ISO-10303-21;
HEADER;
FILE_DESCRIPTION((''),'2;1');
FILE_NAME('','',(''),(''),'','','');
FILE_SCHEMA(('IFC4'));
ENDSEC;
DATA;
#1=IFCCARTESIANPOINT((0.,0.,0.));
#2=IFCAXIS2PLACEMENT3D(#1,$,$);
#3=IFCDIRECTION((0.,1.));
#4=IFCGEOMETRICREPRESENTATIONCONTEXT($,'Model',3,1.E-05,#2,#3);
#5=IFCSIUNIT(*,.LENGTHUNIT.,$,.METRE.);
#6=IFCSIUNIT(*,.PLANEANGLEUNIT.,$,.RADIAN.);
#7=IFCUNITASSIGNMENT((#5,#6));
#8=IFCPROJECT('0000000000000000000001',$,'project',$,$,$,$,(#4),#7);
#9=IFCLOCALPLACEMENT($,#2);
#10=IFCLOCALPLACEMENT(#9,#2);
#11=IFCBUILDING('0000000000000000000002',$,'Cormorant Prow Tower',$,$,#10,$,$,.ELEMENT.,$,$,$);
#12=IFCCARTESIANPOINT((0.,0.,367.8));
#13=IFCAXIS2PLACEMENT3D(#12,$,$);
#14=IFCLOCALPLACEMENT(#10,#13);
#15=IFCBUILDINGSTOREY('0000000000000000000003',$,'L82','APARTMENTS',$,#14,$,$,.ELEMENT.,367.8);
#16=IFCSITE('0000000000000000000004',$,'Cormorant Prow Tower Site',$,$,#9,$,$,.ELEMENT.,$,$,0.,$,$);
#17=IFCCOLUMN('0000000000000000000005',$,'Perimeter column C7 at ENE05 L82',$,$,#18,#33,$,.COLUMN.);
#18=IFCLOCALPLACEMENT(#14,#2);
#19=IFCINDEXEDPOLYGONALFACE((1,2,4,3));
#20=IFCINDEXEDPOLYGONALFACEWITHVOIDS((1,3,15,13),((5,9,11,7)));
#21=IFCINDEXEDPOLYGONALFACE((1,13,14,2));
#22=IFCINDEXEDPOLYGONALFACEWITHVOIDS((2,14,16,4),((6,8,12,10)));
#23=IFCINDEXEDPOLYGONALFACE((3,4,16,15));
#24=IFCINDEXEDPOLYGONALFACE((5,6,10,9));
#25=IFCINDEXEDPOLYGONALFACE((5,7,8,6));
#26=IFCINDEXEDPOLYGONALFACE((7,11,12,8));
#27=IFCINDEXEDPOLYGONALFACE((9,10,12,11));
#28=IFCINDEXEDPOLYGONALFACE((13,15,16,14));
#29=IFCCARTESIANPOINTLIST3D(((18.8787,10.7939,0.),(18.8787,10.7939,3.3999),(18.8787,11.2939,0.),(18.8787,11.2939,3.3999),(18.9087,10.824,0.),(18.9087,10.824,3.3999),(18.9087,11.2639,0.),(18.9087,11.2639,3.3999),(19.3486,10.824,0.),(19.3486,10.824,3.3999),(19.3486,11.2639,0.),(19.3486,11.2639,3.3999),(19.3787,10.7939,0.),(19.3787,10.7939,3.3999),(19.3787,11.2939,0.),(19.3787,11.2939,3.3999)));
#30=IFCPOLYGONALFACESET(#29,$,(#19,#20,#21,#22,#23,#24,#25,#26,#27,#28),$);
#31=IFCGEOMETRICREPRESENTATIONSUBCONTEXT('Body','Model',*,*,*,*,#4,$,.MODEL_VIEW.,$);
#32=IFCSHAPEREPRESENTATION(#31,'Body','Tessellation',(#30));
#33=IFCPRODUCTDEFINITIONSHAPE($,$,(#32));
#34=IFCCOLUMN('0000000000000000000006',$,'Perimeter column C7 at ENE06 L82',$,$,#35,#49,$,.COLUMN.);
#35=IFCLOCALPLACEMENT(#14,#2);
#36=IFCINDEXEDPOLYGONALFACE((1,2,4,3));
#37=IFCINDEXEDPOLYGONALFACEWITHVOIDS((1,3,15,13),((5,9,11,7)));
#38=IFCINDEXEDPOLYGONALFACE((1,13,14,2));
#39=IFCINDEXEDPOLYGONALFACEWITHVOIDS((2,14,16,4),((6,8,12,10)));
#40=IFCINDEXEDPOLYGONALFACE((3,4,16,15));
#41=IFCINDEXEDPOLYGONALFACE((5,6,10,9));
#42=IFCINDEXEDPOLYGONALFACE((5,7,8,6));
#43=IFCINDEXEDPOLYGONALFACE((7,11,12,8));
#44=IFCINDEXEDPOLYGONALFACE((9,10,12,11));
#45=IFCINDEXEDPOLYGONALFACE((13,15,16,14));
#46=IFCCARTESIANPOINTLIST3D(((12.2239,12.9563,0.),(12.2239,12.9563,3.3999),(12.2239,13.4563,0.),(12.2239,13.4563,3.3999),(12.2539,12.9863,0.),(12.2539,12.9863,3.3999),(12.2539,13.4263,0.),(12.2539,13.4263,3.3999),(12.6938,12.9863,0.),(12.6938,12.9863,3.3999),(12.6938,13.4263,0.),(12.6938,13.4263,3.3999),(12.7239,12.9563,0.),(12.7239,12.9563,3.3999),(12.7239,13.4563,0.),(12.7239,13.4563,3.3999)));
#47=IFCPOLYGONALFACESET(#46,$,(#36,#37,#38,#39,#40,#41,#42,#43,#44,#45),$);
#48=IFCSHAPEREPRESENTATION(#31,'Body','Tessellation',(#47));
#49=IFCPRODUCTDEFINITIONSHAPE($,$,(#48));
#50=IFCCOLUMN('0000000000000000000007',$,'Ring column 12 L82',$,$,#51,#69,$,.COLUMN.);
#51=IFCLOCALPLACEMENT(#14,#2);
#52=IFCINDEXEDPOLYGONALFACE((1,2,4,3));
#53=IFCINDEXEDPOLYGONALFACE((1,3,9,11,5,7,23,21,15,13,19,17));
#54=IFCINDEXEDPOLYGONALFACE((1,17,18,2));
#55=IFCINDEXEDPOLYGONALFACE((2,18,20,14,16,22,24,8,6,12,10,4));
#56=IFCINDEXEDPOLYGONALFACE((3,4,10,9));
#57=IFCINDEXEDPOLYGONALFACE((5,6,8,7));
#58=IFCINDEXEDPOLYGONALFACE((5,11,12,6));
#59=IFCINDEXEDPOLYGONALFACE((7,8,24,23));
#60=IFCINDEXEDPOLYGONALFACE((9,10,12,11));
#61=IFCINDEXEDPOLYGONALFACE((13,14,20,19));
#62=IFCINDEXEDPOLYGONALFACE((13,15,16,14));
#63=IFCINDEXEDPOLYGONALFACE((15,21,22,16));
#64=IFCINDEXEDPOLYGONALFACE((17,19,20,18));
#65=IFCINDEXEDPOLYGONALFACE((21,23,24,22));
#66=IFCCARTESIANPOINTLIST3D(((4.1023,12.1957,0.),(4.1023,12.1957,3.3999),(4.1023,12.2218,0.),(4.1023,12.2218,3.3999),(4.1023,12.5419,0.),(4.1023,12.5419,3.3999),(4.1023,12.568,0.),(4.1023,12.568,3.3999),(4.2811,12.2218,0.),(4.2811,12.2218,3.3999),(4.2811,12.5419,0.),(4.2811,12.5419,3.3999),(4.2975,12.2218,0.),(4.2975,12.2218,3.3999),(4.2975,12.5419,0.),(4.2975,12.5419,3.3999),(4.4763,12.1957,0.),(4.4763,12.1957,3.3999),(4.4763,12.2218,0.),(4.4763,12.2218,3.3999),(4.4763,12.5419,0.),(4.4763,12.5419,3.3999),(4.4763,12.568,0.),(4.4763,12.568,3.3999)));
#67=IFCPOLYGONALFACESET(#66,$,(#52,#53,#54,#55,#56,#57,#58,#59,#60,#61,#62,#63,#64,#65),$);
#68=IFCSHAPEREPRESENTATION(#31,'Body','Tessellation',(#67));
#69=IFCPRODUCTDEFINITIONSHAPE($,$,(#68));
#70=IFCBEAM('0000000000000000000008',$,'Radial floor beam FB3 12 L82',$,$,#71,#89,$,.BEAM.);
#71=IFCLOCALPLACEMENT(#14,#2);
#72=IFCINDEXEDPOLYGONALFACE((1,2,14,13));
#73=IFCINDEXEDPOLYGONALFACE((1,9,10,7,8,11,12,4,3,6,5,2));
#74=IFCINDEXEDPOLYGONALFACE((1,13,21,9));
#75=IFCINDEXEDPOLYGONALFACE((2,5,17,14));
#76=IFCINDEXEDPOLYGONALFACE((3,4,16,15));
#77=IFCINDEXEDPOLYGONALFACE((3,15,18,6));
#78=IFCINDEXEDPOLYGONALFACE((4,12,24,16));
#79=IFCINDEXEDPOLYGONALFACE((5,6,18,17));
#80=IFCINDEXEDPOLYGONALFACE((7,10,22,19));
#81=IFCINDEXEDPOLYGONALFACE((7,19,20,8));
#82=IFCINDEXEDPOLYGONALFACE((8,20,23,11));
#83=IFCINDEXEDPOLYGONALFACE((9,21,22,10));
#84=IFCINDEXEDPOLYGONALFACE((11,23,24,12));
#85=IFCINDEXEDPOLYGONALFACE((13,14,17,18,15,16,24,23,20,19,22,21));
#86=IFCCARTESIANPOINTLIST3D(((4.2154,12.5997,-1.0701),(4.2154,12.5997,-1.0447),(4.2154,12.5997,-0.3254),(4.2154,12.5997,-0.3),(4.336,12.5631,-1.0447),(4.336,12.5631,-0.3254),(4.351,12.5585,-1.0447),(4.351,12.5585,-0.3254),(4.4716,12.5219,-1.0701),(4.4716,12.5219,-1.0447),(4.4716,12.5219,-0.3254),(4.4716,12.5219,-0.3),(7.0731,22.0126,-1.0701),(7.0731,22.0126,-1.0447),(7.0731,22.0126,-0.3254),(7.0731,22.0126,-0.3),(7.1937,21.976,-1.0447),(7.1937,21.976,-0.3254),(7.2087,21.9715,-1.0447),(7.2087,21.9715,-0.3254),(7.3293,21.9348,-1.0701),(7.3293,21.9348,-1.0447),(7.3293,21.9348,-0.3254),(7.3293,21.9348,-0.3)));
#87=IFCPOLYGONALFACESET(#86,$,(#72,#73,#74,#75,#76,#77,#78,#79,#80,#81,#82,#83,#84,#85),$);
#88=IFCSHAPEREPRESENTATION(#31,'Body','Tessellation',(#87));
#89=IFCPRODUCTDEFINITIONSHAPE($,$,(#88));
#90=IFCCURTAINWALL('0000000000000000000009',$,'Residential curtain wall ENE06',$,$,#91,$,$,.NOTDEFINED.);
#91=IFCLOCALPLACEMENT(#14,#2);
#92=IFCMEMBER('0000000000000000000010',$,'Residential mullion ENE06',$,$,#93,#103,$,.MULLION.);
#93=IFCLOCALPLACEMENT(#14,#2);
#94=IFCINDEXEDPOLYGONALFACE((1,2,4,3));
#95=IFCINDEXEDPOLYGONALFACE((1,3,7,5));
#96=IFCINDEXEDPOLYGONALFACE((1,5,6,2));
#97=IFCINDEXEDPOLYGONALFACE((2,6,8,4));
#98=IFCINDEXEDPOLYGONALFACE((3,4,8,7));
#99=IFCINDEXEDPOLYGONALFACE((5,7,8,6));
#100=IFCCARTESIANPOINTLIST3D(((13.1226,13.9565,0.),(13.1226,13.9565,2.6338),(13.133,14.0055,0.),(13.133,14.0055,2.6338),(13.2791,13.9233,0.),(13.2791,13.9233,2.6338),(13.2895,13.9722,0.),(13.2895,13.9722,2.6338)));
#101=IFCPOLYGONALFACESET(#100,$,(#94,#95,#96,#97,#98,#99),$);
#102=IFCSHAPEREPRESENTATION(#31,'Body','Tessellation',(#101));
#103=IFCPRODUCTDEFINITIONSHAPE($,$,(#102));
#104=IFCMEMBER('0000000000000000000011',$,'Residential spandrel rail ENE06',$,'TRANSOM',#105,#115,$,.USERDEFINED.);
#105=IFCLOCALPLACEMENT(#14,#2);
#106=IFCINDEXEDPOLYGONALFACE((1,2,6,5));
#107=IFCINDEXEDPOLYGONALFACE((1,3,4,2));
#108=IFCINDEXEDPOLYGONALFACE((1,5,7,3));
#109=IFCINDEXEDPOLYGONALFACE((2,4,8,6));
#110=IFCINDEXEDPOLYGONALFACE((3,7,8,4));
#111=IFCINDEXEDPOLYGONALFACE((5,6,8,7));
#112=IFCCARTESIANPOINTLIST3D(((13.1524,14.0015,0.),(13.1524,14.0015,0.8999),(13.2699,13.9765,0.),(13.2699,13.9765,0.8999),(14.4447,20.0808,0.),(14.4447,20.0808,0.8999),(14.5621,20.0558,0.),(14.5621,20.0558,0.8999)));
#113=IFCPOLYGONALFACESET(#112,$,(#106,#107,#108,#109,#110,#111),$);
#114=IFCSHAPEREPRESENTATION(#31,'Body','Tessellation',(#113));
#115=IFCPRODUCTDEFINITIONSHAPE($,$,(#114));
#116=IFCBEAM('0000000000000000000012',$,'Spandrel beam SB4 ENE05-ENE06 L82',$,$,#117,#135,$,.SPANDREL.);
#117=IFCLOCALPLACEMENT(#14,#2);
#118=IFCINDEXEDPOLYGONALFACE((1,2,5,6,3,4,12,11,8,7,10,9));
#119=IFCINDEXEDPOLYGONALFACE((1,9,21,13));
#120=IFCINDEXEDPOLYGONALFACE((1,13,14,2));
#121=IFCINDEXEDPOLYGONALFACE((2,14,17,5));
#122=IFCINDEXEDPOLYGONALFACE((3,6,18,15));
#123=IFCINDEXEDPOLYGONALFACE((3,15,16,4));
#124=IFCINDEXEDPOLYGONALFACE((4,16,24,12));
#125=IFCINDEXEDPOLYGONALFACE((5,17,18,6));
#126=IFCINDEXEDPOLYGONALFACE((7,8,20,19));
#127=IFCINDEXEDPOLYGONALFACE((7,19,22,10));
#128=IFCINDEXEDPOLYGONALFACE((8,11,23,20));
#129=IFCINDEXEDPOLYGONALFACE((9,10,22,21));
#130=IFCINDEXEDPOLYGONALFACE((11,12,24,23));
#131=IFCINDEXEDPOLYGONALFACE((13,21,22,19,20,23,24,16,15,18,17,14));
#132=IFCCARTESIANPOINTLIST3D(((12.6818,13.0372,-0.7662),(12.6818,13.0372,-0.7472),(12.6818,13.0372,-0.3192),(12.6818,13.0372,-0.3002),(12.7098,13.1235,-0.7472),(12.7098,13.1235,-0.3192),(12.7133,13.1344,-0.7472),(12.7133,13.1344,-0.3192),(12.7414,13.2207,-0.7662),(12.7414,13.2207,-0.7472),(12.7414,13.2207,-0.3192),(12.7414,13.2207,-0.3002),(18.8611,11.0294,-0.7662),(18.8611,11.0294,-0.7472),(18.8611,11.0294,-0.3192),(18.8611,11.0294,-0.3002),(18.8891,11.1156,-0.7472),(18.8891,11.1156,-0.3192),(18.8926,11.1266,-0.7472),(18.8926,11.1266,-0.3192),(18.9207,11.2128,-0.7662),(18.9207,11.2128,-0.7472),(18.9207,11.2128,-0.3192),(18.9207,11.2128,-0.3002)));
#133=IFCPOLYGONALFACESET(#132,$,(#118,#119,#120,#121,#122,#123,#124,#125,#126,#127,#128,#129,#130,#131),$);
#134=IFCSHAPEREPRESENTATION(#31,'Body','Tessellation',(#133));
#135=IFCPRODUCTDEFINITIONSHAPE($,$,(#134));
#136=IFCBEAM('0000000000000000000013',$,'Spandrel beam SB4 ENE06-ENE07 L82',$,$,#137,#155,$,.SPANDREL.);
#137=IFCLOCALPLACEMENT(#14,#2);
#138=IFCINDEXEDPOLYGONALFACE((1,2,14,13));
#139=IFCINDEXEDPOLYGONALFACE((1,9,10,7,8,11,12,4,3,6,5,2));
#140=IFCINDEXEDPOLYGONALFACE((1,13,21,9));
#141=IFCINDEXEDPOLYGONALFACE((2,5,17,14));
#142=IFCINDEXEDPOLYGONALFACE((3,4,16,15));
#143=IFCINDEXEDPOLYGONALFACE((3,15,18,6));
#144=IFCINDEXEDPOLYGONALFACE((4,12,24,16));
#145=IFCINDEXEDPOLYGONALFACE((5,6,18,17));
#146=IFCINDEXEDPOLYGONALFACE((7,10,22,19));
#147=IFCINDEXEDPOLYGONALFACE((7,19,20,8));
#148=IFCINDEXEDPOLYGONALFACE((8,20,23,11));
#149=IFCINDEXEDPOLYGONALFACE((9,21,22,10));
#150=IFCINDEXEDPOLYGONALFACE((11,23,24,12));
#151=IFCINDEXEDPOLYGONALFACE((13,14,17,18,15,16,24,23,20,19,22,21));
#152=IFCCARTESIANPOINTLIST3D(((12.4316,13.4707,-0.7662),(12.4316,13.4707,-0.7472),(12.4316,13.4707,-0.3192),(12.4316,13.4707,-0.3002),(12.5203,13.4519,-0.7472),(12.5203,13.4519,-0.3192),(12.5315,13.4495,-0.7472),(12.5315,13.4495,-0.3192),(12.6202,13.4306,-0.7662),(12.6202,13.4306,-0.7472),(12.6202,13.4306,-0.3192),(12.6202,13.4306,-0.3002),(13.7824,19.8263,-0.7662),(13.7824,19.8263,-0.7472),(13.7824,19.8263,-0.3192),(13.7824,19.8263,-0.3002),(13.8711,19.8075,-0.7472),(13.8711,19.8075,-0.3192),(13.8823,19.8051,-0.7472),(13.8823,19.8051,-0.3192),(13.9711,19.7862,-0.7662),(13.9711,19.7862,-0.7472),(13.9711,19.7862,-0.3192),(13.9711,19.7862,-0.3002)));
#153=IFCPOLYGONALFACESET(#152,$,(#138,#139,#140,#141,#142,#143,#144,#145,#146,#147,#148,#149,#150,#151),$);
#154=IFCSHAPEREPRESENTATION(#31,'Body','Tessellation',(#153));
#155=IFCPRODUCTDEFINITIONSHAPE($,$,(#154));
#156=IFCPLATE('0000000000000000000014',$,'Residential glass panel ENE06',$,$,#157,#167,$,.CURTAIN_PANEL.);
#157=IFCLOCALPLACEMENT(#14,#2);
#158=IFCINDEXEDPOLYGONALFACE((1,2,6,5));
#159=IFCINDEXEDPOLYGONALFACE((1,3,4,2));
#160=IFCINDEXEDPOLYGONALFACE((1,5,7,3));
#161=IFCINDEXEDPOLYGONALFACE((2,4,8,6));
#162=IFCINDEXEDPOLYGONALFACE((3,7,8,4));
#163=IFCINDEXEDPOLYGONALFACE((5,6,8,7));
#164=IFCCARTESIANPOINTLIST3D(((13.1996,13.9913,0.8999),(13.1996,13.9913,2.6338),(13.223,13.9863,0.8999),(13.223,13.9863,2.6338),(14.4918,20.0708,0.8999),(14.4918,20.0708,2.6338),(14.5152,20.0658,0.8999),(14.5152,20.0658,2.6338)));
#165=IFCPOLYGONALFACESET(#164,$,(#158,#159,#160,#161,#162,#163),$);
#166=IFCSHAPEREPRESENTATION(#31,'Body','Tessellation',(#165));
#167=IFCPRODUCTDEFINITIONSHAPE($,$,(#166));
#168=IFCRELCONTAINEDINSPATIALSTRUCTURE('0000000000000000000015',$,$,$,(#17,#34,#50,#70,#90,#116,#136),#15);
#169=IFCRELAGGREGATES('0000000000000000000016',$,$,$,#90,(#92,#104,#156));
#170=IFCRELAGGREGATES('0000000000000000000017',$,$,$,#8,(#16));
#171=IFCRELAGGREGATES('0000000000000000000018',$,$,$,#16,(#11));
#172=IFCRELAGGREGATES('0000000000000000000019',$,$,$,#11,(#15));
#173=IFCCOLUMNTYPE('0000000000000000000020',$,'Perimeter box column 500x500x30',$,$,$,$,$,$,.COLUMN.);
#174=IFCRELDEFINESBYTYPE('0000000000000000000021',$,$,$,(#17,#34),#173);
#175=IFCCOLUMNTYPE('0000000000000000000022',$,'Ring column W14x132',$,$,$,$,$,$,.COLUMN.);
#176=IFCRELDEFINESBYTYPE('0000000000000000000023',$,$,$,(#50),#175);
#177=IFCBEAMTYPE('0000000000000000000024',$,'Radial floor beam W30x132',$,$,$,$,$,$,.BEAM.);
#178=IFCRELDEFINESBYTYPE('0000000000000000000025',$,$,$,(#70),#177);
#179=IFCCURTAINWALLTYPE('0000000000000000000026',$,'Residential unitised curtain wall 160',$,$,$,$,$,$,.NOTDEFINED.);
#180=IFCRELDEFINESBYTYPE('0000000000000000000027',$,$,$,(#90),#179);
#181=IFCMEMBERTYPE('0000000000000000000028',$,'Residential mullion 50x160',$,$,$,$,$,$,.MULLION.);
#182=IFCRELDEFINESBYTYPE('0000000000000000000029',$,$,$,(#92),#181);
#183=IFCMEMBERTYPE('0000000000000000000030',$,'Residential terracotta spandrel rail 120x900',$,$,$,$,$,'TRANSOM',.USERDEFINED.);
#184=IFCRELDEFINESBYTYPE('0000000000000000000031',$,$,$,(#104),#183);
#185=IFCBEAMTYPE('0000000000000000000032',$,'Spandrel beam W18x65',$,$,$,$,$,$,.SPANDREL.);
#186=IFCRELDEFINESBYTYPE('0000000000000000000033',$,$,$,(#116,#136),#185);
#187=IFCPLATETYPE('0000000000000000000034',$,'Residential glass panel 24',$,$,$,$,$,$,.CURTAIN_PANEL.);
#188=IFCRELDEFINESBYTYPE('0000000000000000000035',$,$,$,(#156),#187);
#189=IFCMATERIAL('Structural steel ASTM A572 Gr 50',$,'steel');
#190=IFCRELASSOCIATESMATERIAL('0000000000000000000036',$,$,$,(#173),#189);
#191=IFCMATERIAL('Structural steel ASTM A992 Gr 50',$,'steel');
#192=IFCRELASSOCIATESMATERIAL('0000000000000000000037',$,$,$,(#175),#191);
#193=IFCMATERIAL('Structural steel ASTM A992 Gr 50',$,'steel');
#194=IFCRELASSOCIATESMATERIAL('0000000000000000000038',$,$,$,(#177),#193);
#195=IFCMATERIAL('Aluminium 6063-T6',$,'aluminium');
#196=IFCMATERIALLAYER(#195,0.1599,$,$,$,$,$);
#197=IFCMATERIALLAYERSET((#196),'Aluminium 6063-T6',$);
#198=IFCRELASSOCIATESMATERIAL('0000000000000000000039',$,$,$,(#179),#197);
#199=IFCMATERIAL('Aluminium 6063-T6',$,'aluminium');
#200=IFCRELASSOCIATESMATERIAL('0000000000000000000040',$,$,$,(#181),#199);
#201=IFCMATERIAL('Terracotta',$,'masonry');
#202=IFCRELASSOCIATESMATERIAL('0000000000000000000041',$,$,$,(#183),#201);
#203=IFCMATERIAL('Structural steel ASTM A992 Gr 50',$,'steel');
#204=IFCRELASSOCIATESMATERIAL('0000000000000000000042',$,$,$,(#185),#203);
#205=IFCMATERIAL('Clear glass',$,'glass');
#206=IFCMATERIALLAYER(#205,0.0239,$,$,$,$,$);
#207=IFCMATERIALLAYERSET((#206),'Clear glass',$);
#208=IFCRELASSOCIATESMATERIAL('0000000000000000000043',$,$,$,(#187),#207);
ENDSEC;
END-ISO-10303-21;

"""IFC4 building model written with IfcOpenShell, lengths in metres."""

from ifc_helpers import new_model, si_unit, direction, frame, origin, origin_2d, place, context, subcontext, project, spatial, rectangle, hollow_rectangle, i_section, extrude, material, layer, layer_set, material_profile, profile_set, type_object, element, aggregate, save


model = new_model("IFC4")

# Units and contexts
model_context = context("Model", 3, precision=1e-05, world=origin(), true_north=direction((0.0, 1.0)))
body_context = subcontext(model_context, "Body", "Model", "MODEL_VIEW")
ifc_project = project(units=[si_unit("LENGTHUNIT", "METRE"), si_unit("PLANEANGLEUNIT", "RADIAN")], contexts=[model_context])

# Site, building, storey
site_placement = place(None, origin())
site = spatial("IfcSite", under=ifc_project, at=site_placement, Name="Cormorant Prow Tower Site", CompositionType="ELEMENT", RefElevation=0.0)
building_placement = place(site_placement, origin())
building = spatial("IfcBuilding", under=site, at=building_placement, Name="Cormorant Prow Tower", CompositionType="ELEMENT")
storey_placement = place(building_placement, frame((0.0, 0.0, 367.8)))
storey = spatial("IfcBuildingStorey", under=building, at=storey_placement, Name="L82", Description="APARTMENTS", CompositionType="ELEMENT", Elevation=367.8)

# Columns
ifc_material_1 = material(Name="Structural steel ASTM A572 Gr 50", Category="steel")
ifc_material_profile_1 = material_profile(ifc_material_1, hollow_rectangle(XDim=0.5, YDim=0.5, WallThickness=0.03, at=origin_2d()), Name="Box 500x500x30")
ifc_profile_set_1 = profile_set([ifc_material_profile_1], Name="Structural steel ASTM A572 Gr 50")
column_type_1 = type_object("IfcColumnType", Name="Perimeter box column 500x500x30", PredefinedType="COLUMN", material=ifc_profile_set_1)
for number, where, z_axis, x_axis, name in (
    (1, (19.1287, 11.0439, 0.0), (0.0, 0.0, 1.0), (1.0, 0.0, 0.0), "Perimeter column C7 at ENE05 L82"),
    (2, (12.4739, 13.2063, 0.0), (0.0, 0.0, 1.0), (1.0, 0.0, 0.0), "Perimeter column C7 at ENE06 L82"),
):
    element("IfcColumn", number, at=place(storey_placement, frame(where, z_axis=z_axis, x_axis=x_axis)), inside=storey, type_object=column_type_1, Name=name, PredefinedType="COLUMN", context=body_context, shape_type="SweptSolid", body=[
        extrude(hollow_rectangle(XDim=0.5, YDim=0.5, WallThickness=0.03, at=origin_2d()), origin(), (0.0, 0.0, 1.0), 3.3999),
    ])
ifc_material_2 = material(Name="Structural steel ASTM A992 Gr 50", Category="steel")
ifc_material_profile_2 = material_profile(ifc_material_2, i_section(OverallWidth=0.374, OverallDepth=0.3723, WebThickness=0.0164, FlangeThickness=0.0261, at=origin_2d()), Name="W14x132")
ifc_profile_set_2 = profile_set([ifc_material_profile_2], Name="Structural steel ASTM A992 Gr 50")
column_type_2 = type_object("IfcColumnType", Name="Ring column W14x132", PredefinedType="COLUMN", material=ifc_profile_set_2)
column_placement = place(storey_placement, frame((4.2893, 12.3818, 0.0), z_axis=(0.0, 0.0, 1.0), x_axis=(1.0, 0.0, 0.0)))
element("IfcColumn", 3, at=column_placement, inside=storey, type_object=column_type_2, Name="Ring column 12 L82", PredefinedType="COLUMN", context=body_context, shape_type="SweptSolid", body=[
    extrude(i_section(OverallWidth=0.374, OverallDepth=0.3723, WebThickness=0.0164, FlangeThickness=0.0261, at=origin_2d()), origin(), (0.0, 0.0, 1.0), 3.3999),
])

# Beam
ifc_material_3 = material(Name="Structural steel ASTM A992 Gr 50", Category="steel")
ifc_material_profile_3 = material_profile(ifc_material_3, i_section(OverallWidth=0.2678, OverallDepth=0.77, WebThickness=0.0156, FlangeThickness=0.0254, at=origin_2d()), Name="W30x132")
ifc_profile_set_3 = profile_set([ifc_material_profile_3], Name="Structural steel ASTM A992 Gr 50")
beam_type_1 = type_object("IfcBeamType", Name="Radial floor beam W30x132", PredefinedType="BEAM", material=ifc_profile_set_3)
beam_1_placement = place(storey_placement, frame((4.3435, 12.5608, -0.6851), z_axis=(0.2905, 0.956875, 0.0), x_axis=(-0.956875, 0.2905, 0.0)))
element("IfcBeam", 4, at=beam_1_placement, inside=storey, type_object=beam_type_1, Name="Radial floor beam FB3 12 L82", PredefinedType="BEAM", context=body_context, shape_type="SweptSolid", body=[
    extrude(i_section(OverallWidth=0.2678, OverallDepth=0.77, WebThickness=0.0156, FlangeThickness=0.0254, at=origin_2d()), origin(), (0.0, 0.0, 1.0), 9.8372),
])

# Curtain wall, members
ifc_material_4 = material(Name="Aluminium 6063-T6", Category="aluminium")
ifc_layer_1 = layer(ifc_material_4, 0.1599)
ifc_layer_set_1 = layer_set([ifc_layer_1], Name="Aluminium 6063-T6")
curtain_wall_type = type_object("IfcCurtainWallType", Name="Residential unitised curtain wall 160", PredefinedType="NOTDEFINED", material=ifc_layer_set_1)
curtain_wall_placement = place(storey_placement, origin())
curtain_wall = element("IfcCurtainWall", 5, at=curtain_wall_placement, inside=storey, type_object=curtain_wall_type, Name="Residential curtain wall ENE06", PredefinedType="NOTDEFINED")
ifc_material_5 = material(Name="Aluminium 6063-T6", Category="aluminium")
ifc_material_profile_4 = material_profile(ifc_material_5, rectangle(XDim=0.1599, YDim=0.05, at=origin_2d()), Name="Residential mullion 50x160")
ifc_profile_set_4 = profile_set([ifc_material_profile_4], Name="Aluminium 6063-T6")
member_type_1 = type_object("IfcMemberType", Name="Residential mullion 50x160", PredefinedType="MULLION", material=ifc_profile_set_4)
member_1_placement = place(storey_placement, frame((13.2061, 13.9644, 0.0), z_axis=(0.0, 0.0, 1.0), x_axis=(-0.978148, 0.207912, 0.0)))
member_1 = element("IfcMember", 6, at=member_1_placement, type_object=member_type_1, Name="Residential mullion ENE06", PredefinedType="MULLION", context=body_context, shape_type="SweptSolid", body=[
    extrude(rectangle(XDim=0.1599, YDim=0.05, at=origin_2d()), origin(), (0.0, 0.0, 1.0), 2.6338),
])
ifc_material_6 = material(Name="Terracotta", Category="masonry")
ifc_material_profile_5 = material_profile(ifc_material_6, rectangle(XDim=0.1201, YDim=0.8999, at=origin_2d()), Name="Residential terracotta spandrel rail 120x900")
ifc_profile_set_5 = profile_set([ifc_material_profile_5], Name="Terracotta")
member_type_2 = type_object("IfcMemberType", Name="Residential terracotta spandrel rail 120x900", ElementType="TRANSOM", PredefinedType="USERDEFINED", material=ifc_profile_set_5)
member_2_placement = place(storey_placement, frame((13.2112, 13.989, 0.45), z_axis=(0.207917, 0.978147, 0.0), x_axis=(-0.978147, 0.207917, 0.0)))
member_2 = element("IfcMember", 7, at=member_2_placement, type_object=member_type_2, Name="Residential spandrel rail ENE06", ObjectType="TRANSOM", PredefinedType="USERDEFINED", context=body_context, shape_type="SweptSolid", body=[
    extrude(rectangle(XDim=0.1201, YDim=0.8999, at=origin_2d()), origin(), (0.0, 0.0, 1.0), 6.2151),
])

# Beams
ifc_material_7 = material(Name="Structural steel ASTM A992 Gr 50", Category="steel")
ifc_material_profile_6 = material_profile(ifc_material_7, i_section(OverallWidth=0.1929, OverallDepth=0.4661, WebThickness=0.0115, FlangeThickness=0.019, at=origin_2d()), Name="W18x65")
ifc_profile_set_6 = profile_set([ifc_material_profile_6], Name="Structural steel ASTM A992 Gr 50")
beam_type_2 = type_object("IfcBeamType", Name="Spandrel beam W18x65", PredefinedType="SPANDREL", material=ifc_profile_set_6)
beam_2_placement = place(storey_placement, frame((18.8909, 11.1211, -0.5332), z_axis=(-0.951053, 0.309027, 0.0), x_axis=(-0.309027, -0.951053, 0.0)))
element("IfcBeam", 8, at=beam_2_placement, inside=storey, type_object=beam_type_2, Name="Spandrel beam SB4 ENE05-ENE06 L82", PredefinedType="SPANDREL", context=body_context, shape_type="SweptSolid", body=[
    extrude(i_section(OverallWidth=0.1929, OverallDepth=0.4661, WebThickness=0.0115, FlangeThickness=0.019, at=origin_2d()), origin(), (0.0, 0.0, 1.0), 6.4973),
])
beam_3_placement = place(storey_placement, frame((12.5259, 13.4507, -0.5332), z_axis=(0.207902, 0.97815, 0.0), x_axis=(-0.97815, 0.207902, 0.0)))
element("IfcBeam", 9, at=beam_3_placement, inside=storey, type_object=beam_type_2, Name="Spandrel beam SB4 ENE06-ENE07 L82", PredefinedType="SPANDREL", context=body_context, shape_type="SweptSolid", body=[
    extrude(i_section(OverallWidth=0.1929, OverallDepth=0.4661, WebThickness=0.0115, FlangeThickness=0.019, at=origin_2d()), origin(), (0.0, 0.0, 1.0), 6.4976),
])

# Plate
ifc_material_8 = material(Name="Clear glass", Category="glass")
ifc_layer_2 = layer(ifc_material_8, 0.0239)
ifc_layer_set_2 = layer_set([ifc_layer_2], Name="Clear glass")
plate_type = type_object("IfcPlateType", Name="Residential glass panel 24", PredefinedType="CURTAIN_PANEL", material=ifc_layer_set_2)
plate_placement = place(storey_placement, frame((13.8574, 17.0286, 0.8999), z_axis=(0.0, 0.0, 1.0), x_axis=(0.207912, 0.978148, 0.0)))
plate = element("IfcPlate", 10, at=plate_placement, type_object=plate_type, Name="Residential glass panel ENE06", PredefinedType="CURTAIN_PANEL", context=body_context, shape_type="SweptSolid", body=[
    extrude(rectangle(XDim=6.2153, YDim=0.0239, at=origin_2d()), origin(), (0.0, 0.0, 1.0), 1.7339),
])
aggregate(curtain_wall, [member_1, member_2, plate])

save(model, "model.ifc")
